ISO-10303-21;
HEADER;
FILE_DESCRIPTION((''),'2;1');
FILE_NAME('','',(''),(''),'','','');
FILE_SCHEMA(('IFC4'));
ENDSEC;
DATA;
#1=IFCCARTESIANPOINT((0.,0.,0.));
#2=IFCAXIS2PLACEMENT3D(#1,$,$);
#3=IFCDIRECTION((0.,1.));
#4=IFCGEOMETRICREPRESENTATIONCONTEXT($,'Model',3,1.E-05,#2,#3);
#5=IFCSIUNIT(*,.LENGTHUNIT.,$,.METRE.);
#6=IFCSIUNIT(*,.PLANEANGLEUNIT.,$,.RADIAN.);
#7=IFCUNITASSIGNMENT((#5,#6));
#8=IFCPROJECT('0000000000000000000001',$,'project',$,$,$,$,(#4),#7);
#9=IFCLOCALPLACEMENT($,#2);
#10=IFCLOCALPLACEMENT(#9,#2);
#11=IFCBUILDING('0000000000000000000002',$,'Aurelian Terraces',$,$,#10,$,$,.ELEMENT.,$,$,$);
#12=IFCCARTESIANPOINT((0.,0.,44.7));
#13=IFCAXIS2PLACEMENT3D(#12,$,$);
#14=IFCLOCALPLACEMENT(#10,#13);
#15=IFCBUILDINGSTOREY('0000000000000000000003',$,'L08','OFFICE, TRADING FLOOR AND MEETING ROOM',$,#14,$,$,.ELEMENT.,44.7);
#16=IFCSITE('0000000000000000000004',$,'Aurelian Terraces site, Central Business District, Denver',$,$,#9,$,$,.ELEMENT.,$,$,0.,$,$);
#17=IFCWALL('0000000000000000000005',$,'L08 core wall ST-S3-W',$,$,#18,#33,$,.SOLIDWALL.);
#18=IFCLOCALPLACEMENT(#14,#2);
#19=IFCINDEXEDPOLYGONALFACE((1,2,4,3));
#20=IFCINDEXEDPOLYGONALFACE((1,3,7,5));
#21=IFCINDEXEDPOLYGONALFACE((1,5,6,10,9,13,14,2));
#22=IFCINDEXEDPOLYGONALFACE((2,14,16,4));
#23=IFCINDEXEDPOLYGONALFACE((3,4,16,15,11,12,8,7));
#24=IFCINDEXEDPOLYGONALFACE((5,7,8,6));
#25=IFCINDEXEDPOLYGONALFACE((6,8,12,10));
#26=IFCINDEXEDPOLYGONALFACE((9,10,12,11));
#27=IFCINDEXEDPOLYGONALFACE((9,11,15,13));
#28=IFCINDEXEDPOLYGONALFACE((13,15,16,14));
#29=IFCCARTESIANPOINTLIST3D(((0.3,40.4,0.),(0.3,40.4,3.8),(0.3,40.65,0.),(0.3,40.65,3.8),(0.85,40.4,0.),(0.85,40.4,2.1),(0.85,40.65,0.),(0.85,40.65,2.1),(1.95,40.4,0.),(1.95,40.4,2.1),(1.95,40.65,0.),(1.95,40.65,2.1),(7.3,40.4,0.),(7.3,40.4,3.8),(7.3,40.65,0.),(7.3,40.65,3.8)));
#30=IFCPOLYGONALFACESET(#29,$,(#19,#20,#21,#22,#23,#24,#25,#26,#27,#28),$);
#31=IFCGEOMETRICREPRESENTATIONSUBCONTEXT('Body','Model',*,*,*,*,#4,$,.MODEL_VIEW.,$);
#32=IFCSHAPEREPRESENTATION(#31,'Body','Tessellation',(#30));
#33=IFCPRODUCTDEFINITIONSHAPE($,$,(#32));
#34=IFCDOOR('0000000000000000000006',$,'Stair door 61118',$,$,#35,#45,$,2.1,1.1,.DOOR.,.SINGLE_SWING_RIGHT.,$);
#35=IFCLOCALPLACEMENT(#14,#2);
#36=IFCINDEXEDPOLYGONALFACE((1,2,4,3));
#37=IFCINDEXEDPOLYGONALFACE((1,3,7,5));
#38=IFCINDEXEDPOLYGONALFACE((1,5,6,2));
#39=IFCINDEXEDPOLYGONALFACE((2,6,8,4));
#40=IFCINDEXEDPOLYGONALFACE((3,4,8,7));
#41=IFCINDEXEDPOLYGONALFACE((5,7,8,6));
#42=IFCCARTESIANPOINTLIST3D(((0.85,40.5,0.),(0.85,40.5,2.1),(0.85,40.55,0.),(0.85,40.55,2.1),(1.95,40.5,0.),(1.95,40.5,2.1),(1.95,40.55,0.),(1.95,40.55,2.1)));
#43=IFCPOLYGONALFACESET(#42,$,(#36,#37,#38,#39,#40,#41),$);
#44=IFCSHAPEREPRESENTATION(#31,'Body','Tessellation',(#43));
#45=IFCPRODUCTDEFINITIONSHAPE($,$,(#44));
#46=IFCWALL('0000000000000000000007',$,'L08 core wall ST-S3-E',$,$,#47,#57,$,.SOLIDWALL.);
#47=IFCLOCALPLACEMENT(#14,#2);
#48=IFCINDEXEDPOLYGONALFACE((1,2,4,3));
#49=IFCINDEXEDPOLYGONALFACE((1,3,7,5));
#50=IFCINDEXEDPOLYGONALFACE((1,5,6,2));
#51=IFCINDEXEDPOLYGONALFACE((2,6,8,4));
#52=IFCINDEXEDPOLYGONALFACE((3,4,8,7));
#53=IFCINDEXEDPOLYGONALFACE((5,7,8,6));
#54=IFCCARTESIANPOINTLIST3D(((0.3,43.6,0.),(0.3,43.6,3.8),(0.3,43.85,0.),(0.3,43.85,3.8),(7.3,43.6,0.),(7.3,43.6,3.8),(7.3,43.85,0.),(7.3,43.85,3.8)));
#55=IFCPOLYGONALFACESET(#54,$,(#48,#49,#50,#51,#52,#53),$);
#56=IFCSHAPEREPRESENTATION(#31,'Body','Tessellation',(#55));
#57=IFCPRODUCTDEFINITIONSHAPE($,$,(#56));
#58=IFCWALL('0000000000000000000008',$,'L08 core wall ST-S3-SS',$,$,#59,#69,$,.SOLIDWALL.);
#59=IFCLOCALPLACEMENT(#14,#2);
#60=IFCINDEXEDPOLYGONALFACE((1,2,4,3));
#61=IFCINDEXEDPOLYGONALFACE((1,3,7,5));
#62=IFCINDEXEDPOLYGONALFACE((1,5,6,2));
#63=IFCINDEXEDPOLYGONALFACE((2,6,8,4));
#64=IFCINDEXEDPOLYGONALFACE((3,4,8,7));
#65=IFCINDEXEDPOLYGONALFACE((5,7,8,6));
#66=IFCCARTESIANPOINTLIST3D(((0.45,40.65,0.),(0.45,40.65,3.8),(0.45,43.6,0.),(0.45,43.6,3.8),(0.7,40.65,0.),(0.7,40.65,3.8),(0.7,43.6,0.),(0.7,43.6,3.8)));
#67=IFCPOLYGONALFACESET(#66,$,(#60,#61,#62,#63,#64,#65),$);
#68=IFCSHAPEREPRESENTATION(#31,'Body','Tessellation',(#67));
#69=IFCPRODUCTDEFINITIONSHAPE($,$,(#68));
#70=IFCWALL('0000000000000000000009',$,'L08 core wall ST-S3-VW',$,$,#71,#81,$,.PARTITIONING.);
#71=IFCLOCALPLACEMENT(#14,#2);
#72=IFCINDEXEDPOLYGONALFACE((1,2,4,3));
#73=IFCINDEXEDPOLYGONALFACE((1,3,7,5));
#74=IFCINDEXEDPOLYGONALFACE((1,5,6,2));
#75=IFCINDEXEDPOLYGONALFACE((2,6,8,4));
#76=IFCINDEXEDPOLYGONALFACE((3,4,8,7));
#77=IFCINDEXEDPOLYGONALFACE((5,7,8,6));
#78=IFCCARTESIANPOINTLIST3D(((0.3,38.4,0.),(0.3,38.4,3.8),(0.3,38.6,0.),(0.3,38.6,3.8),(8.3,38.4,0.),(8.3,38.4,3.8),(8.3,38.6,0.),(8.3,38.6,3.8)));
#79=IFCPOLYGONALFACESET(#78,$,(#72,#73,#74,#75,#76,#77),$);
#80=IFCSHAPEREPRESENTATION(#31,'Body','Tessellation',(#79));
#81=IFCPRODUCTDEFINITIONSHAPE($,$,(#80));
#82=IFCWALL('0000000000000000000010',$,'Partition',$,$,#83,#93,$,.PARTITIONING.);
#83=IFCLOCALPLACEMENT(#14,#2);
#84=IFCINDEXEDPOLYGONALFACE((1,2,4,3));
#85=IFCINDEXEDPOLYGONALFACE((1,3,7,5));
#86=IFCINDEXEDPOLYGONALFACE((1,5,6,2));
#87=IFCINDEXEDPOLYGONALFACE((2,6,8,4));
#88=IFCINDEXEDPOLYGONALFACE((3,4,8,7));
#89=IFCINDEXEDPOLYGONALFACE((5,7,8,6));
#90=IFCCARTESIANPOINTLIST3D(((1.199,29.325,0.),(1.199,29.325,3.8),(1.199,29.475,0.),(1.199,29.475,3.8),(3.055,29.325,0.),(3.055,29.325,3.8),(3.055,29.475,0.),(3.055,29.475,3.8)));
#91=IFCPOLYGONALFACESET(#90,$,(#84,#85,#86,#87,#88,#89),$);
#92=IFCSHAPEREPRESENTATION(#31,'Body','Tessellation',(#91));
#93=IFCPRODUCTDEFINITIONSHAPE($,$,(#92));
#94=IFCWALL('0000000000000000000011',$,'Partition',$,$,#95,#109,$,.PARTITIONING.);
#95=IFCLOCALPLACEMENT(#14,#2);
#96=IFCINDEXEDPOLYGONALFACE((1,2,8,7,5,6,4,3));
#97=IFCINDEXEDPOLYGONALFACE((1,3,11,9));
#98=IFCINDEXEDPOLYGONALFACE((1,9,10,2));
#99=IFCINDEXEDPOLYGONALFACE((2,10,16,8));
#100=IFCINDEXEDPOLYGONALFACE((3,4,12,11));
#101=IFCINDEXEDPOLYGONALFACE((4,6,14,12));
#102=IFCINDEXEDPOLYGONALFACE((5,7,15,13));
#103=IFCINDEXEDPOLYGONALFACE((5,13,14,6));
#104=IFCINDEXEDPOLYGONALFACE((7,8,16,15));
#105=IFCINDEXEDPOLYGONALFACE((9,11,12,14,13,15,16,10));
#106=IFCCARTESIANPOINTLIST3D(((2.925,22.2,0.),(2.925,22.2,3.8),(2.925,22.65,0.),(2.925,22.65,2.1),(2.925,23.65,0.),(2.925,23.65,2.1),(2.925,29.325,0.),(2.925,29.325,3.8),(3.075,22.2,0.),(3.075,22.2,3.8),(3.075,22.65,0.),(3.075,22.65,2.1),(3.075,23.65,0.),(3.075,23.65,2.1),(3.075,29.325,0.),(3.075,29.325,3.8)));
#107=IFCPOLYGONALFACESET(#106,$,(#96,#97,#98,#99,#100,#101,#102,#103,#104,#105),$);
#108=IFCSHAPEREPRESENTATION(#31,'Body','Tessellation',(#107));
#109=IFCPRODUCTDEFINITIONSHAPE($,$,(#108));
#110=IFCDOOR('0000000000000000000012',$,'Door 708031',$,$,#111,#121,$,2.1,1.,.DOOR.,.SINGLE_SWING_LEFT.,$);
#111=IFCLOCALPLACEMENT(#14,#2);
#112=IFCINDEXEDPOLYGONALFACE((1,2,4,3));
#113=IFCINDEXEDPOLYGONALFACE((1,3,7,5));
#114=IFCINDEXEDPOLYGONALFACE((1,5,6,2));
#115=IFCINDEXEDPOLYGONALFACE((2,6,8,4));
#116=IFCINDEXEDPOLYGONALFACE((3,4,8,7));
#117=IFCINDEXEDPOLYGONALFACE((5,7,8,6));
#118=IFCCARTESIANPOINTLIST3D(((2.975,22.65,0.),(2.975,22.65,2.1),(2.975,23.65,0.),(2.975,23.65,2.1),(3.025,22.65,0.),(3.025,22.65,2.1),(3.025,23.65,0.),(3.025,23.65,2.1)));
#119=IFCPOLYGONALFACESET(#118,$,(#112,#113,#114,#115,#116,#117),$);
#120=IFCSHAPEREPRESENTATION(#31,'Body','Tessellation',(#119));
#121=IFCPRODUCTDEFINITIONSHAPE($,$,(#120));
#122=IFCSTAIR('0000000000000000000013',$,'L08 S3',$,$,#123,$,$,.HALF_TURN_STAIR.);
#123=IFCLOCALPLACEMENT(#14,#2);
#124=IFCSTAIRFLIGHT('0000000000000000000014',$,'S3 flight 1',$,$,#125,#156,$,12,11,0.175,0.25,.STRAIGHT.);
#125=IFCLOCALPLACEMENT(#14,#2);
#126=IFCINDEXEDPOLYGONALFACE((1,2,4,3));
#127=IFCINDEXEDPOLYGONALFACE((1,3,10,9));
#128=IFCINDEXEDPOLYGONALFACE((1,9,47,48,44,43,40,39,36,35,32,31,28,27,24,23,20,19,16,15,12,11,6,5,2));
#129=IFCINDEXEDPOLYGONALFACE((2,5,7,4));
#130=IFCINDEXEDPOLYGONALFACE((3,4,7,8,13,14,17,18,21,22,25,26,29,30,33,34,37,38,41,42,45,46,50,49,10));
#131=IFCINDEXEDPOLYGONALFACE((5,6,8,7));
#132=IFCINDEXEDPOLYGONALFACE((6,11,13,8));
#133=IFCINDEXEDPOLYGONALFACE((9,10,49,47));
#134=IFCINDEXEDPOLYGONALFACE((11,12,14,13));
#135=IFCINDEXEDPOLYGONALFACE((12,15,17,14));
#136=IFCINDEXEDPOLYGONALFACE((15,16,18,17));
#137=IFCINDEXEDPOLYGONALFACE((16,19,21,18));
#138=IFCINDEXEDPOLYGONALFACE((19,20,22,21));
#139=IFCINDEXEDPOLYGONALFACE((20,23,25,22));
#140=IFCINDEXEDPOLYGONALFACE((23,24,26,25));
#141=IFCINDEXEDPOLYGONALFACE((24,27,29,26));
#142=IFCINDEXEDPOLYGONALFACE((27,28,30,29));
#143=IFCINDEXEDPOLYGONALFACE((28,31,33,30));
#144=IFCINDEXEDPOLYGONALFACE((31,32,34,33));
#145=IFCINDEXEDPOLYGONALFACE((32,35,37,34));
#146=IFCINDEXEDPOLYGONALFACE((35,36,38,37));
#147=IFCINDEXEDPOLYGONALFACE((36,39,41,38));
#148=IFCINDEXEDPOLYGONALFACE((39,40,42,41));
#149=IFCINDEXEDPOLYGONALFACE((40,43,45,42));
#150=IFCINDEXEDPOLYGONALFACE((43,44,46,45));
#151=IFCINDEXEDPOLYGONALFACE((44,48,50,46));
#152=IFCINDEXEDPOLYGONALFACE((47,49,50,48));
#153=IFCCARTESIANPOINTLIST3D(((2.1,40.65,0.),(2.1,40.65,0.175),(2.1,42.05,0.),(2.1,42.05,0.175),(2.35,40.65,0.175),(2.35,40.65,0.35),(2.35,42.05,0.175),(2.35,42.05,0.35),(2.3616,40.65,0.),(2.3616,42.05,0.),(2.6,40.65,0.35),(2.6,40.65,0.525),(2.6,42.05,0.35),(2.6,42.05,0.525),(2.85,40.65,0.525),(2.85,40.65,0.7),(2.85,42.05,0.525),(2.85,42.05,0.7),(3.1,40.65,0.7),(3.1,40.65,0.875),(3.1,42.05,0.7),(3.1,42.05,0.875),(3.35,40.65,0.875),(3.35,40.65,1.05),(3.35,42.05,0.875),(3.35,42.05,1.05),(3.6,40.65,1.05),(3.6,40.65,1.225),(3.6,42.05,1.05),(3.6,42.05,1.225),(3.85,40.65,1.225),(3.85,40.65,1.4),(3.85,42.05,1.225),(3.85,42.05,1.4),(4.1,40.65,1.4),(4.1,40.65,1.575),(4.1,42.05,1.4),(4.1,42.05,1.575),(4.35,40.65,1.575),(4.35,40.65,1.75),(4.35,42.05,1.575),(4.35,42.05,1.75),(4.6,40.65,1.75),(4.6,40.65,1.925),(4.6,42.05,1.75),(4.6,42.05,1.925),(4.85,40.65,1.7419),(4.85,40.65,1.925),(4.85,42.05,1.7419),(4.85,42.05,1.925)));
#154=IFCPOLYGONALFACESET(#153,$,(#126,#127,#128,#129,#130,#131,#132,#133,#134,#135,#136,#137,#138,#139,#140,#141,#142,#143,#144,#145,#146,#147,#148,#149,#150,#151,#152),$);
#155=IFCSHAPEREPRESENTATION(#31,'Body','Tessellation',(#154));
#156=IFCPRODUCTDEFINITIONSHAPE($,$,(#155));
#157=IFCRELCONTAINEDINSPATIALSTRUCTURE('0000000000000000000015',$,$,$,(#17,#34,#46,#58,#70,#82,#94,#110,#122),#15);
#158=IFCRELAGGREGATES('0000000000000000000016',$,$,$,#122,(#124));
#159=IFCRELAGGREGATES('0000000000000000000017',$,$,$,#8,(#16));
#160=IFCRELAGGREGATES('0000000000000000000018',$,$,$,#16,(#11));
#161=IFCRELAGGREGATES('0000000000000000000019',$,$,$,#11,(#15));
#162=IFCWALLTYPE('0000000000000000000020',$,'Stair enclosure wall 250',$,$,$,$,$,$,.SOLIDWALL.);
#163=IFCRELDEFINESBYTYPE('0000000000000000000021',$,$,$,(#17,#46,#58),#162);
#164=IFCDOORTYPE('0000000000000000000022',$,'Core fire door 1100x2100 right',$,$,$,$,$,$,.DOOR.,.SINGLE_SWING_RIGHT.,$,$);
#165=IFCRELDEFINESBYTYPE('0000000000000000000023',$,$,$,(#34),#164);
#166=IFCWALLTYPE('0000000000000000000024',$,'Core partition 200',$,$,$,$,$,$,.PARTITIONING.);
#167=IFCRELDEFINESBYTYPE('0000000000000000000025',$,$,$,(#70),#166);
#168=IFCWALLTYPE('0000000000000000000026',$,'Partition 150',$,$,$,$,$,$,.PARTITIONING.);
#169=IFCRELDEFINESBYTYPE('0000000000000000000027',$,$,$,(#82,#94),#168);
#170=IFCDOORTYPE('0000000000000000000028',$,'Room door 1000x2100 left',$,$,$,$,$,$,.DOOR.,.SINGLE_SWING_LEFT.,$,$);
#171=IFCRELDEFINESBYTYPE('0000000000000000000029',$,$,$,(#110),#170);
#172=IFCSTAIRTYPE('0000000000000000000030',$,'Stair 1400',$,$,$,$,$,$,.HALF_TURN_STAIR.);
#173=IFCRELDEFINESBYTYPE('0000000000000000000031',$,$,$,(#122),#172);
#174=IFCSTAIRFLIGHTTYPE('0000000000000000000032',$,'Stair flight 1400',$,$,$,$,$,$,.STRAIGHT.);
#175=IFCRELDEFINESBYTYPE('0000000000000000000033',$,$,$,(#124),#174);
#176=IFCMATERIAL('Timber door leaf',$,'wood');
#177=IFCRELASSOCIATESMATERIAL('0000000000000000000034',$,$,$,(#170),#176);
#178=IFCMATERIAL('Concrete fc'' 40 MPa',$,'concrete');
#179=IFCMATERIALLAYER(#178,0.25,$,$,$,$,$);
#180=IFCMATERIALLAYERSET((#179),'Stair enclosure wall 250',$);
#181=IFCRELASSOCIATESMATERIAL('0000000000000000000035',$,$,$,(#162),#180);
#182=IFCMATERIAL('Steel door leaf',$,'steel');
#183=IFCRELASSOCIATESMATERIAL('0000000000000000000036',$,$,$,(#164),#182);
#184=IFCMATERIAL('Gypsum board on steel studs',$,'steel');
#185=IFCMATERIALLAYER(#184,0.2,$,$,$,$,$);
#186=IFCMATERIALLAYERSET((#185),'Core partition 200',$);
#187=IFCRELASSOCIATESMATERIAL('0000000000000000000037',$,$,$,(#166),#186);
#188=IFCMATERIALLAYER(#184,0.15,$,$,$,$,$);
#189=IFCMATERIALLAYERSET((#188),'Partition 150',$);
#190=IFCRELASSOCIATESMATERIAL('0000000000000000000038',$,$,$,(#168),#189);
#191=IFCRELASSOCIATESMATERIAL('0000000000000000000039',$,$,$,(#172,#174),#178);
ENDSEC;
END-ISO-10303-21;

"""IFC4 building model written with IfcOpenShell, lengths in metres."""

from ifc_helpers import new_model, si_unit, direction, frame, frame_2d, origin, place, context, subcontext, project, spatial, polyline, rectangle, outline, extrude, source, transform, mapped, material, layer, layer_set, type_object, element, fill, aggregate, save


model = new_model("IFC4")

# Units and contexts
model_context = context("Model", 3, precision=1e-05, world=origin(), true_north=direction((0.0, 1.0)))
body_context = subcontext(model_context, "Body", "Model", "MODEL_VIEW")
ifc_project = project(units=[si_unit("LENGTHUNIT", "METRE"), si_unit("PLANEANGLEUNIT", "RADIAN")], contexts=[model_context])

# Site, building, storey
site_placement = place(None, origin())
site = spatial("IfcSite", under=ifc_project, at=site_placement, Name="Aurelian Terraces site, Central Business District, Denver", CompositionType="ELEMENT", RefElevation=0.0)
building_placement = place(site_placement, origin())
building = spatial("IfcBuilding", under=site, at=building_placement, Name="Aurelian Terraces", CompositionType="ELEMENT")
storey_placement = place(building_placement, frame((0.0, 0.0, 44.7)))
storey = spatial("IfcBuildingStorey", under=building, at=storey_placement, Name="L08", Description="OFFICE, TRADING FLOOR AND MEETING ROOM", CompositionType="ELEMENT", Elevation=44.7)

# Shared definitions
ifc_material_1 = material(Name="Concrete fc' 40 MPa", Category="concrete")

# Shared definitions
ifc_material_2 = material(Name="Timber door leaf", Category="wood")
door_type_1 = type_object("IfcDoorType", Name="Room door 1000x2100 left", OperationType="SINGLE_SWING_LEFT", PredefinedType="DOOR", material=ifc_material_2)
shared_shape_1 = source(origin(), body_context, "Body", "SweptSolid", [
    extrude(rectangle(XDim=1.0, YDim=2.1, at=frame_2d((0.5, 1.05))), frame((0.0, 0.025, 0.0), z_axis=(0.0, -1.0, 0.0), x_axis=(1.0, 0.0, 0.0)), (0.0, 0.0, 1.0), 0.05),
])

# Wall, opening, door
ifc_layer_1 = layer(ifc_material_1, 0.25)
ifc_layer_set_1 = layer_set([ifc_layer_1], Name="Stair enclosure wall 250")
wall_type_1 = type_object("IfcWallType", Name="Stair enclosure wall 250", PredefinedType="SOLIDWALL", material=ifc_layer_set_1)
shared_shape_2 = source(origin(), body_context, "Body", "SweptSolid", [
    extrude(rectangle(XDim=7.0, YDim=0.25, at=frame_2d((3.5, 0.0))), origin(), (0.0, 0.0, 1.0), 3.8),
])
wall_1_placement = place(storey_placement, frame((0.3, 40.525, 0.0), z_axis=(0.0, 0.0, 1.0), x_axis=(1.0, 0.0, 0.0)))
wall_1 = element("IfcWall", 1, at=wall_1_placement, inside=storey, type_object=wall_type_1, Name="L08 core wall ST-S3-W", PredefinedType="SOLIDWALL", context=body_context, shape_type="MappedRepresentation", body=[
    mapped(shared_shape_2, transform((0.0, 0.0, 0.0), scale=1.0)),
])
shared_shape_3 = source(origin(), body_context, "Body", "SweptSolid", [
    extrude(rectangle(XDim=1.1, YDim=2.1, at=frame_2d((0.55, 1.05))), frame((0.0, 0.135, 0.0), z_axis=(0.0, -1.0, 0.0), x_axis=(1.0, 0.0, 0.0)), (0.0, 0.0, 1.0), 0.27),
])
opening_1_placement = place(wall_1_placement, frame((0.55, 0.0, 0.0)))
opening_1 = element("IfcOpeningElement", 2, at=opening_1_placement, cuts=wall_1, PredefinedType="OPENING", context=body_context, shape_type="MappedRepresentation", body=[
    mapped(shared_shape_3, transform((0.0, 0.0, 0.0), scale=1.0)),
])
ifc_material_3 = material(Name="Steel door leaf", Category="steel")
door_type_2 = type_object("IfcDoorType", Name="Core fire door 1100x2100 right", OperationType="SINGLE_SWING_RIGHT", PredefinedType="DOOR", material=ifc_material_3)
shared_shape_4 = source(origin(), body_context, "Body", "SweptSolid", [
    extrude(rectangle(XDim=1.1, YDim=2.1, at=frame_2d((0.55, 1.05))), frame((0.0, 0.025, 0.0), z_axis=(0.0, -1.0, 0.0), x_axis=(1.0, 0.0, 0.0)), (0.0, 0.0, 1.0), 0.05),
])
door_1_placement = place(opening_1_placement, origin())
door_1 = element("IfcDoor", 3, at=door_1_placement, inside=storey, type_object=door_type_2, Name="Stair door 61118", OperationType="SINGLE_SWING_RIGHT", OverallHeight=2.1, OverallWidth=1.1, PredefinedType="DOOR", context=body_context, shape_type="MappedRepresentation", body=[
    mapped(shared_shape_4, transform((0.0, 0.0, 0.0), scale=1.0)),
])
fill(opening_1, door_1)

# Walls
wall_2_placement = place(storey_placement, frame((0.3, 43.725, 0.0), z_axis=(0.0, 0.0, 1.0), x_axis=(1.0, 0.0, 0.0)))
element("IfcWall", 4, at=wall_2_placement, inside=storey, type_object=wall_type_1, Name="L08 core wall ST-S3-E", PredefinedType="SOLIDWALL", context=body_context, shape_type="MappedRepresentation", body=[
    mapped(shared_shape_2, transform((0.0, 0.0, 0.0), scale=1.0)),
])
shared_shape_5 = source(origin(), body_context, "Body", "SweptSolid", [
    extrude(rectangle(XDim=2.95, YDim=0.25, at=frame_2d((1.475, 0.0))), origin(), (0.0, 0.0, 1.0), 3.8),
])
wall_3_placement = place(storey_placement, frame((0.575, 40.65, 0.0), z_axis=(0.0, 0.0, 1.0), x_axis=(0.0, 1.0, 0.0)))
element("IfcWall", 5, at=wall_3_placement, inside=storey, type_object=wall_type_1, Name="L08 core wall ST-S3-SS", PredefinedType="SOLIDWALL", context=body_context, shape_type="MappedRepresentation", body=[
    mapped(shared_shape_5, transform((0.0, 0.0, 0.0), scale=1.0)),
])
ifc_material_4 = material(Name="Gypsum board on steel studs", Category="steel")
ifc_layer_2 = layer(ifc_material_4, 0.2)
ifc_layer_set_2 = layer_set([ifc_layer_2], Name="Core partition 200")
wall_type_2 = type_object("IfcWallType", Name="Core partition 200", PredefinedType="PARTITIONING", material=ifc_layer_set_2)
shared_shape_6 = source(origin(), body_context, "Body", "SweptSolid", [
    extrude(rectangle(XDim=8.0, YDim=0.2, at=frame_2d((4.0, 0.0))), origin(), (0.0, 0.0, 1.0), 3.8),
])
wall_4_placement = place(storey_placement, frame((0.3, 38.5, 0.0), z_axis=(0.0, 0.0, 1.0), x_axis=(1.0, 0.0, 0.0)))
element("IfcWall", 6, at=wall_4_placement, inside=storey, type_object=wall_type_2, Name="L08 core wall ST-S3-VW", PredefinedType="PARTITIONING", context=body_context, shape_type="MappedRepresentation", body=[
    mapped(shared_shape_6, transform((0.0, 0.0, 0.0), scale=1.0)),
])
ifc_layer_3 = layer(ifc_material_4, 0.15)
ifc_layer_set_3 = layer_set([ifc_layer_3], Name="Partition 150")
wall_type_3 = type_object("IfcWallType", Name="Partition 150", PredefinedType="PARTITIONING", material=ifc_layer_set_3)
shared_shape_7 = source(origin(), body_context, "Body", "SweptSolid", [
    extrude(rectangle(XDim=1.856, YDim=0.15, at=frame_2d((0.928, 0.0))), origin(), (0.0, 0.0, 1.0), 3.8),
])
wall_5_placement = place(storey_placement, frame((3.055, 29.4, 0.0), z_axis=(0.0, 0.0, 1.0), x_axis=(-1.0, 0.0, 0.0)))
element("IfcWall", 7, at=wall_5_placement, inside=storey, type_object=wall_type_3, Name="Partition", PredefinedType="PARTITIONING", context=body_context, shape_type="MappedRepresentation", body=[
    mapped(shared_shape_7, transform((0.0, 0.0, 0.0), scale=1.0)),
])

# Wall, opening, door
shared_shape_8 = source(origin(), body_context, "Body", "SweptSolid", [
    extrude(rectangle(XDim=7.125, YDim=0.15, at=frame_2d((3.5625, 0.0))), origin(), (0.0, 0.0, 1.0), 3.8),
])
wall_6_placement = place(storey_placement, frame((3.0, 29.325, 0.0), z_axis=(0.0, 0.0, 1.0), x_axis=(0.0, -1.0, 0.0)))
wall_6 = element("IfcWall", 8, at=wall_6_placement, inside=storey, type_object=wall_type_3, Name="Partition", PredefinedType="PARTITIONING", context=body_context, shape_type="MappedRepresentation", body=[
    mapped(shared_shape_8, transform((0.0, 0.0, 0.0), scale=1.0)),
])
shared_shape_9 = source(origin(), body_context, "Body", "SweptSolid", [
    extrude(rectangle(XDim=1.0, YDim=2.1, at=frame_2d((0.5, 1.05))), frame((0.0, 0.085, 0.0), z_axis=(0.0, -1.0, 0.0), x_axis=(1.0, 0.0, 0.0)), (0.0, 0.0, 1.0), 0.17),
])
opening_2_placement = place(wall_6_placement, frame((5.675, 0.0, 0.0)))
opening_2 = element("IfcOpeningElement", 9, at=opening_2_placement, cuts=wall_6, PredefinedType="OPENING", context=body_context, shape_type="MappedRepresentation", body=[
    mapped(shared_shape_9, transform((0.0, 0.0, 0.0), scale=1.0)),
])
door_2_placement = place(opening_2_placement, origin())
door_2 = element("IfcDoor", 10, at=door_2_placement, inside=storey, type_object=door_type_1, Name="Door 708031", OperationType="SINGLE_SWING_LEFT", OverallHeight=2.1, OverallWidth=1.0, PredefinedType="DOOR", context=body_context, shape_type="MappedRepresentation", body=[
    mapped(shared_shape_1, transform((0.0, 0.0, 0.0), scale=1.0)),
])
fill(opening_2, door_2)

# Stair, stair flight
stair_type = type_object("IfcStairType", Name="Stair 1400", PredefinedType="HALF_TURN_STAIR", material=ifc_material_1)
stair_placement = place(storey_placement, origin())
stair = element("IfcStair", 11, at=stair_placement, inside=storey, type_object=stair_type, Name="L08 S3", PredefinedType="HALF_TURN_STAIR")
stair_flight_type = type_object("IfcStairFlightType", Name="Stair flight 1400", PredefinedType="STRAIGHT", material=ifc_material_1)
shared_shape_10 = source(origin(), body_context, "Body", "SweptSolid", [
    extrude(outline(polyline([(0.0, 0.0), (0.0, 0.175), (0.25, 0.175), (0.25, 0.35), (0.5, 0.35), (0.5, 0.525), (0.75, 0.525), (0.75, 0.7), (1.0, 0.7), (1.0, 0.875), (1.25, 0.875), (1.25, 1.05), (1.5, 1.05), (1.5, 1.225), (1.75, 1.225), (1.75, 1.4), (2.0, 1.4), (2.0, 1.575), (2.25, 1.575), (2.25, 1.75), (2.5, 1.75), (2.5, 1.925), (2.75, 1.925), (2.75, 2.1), (2.75, 1.7419), (0.2616, 0.0), (0.0, 0.0)])), frame((0.0, 0.7, 0.0), z_axis=(0.0, -1.0, 0.0), x_axis=(1.0, 0.0, 0.0)), (0.0, 0.0, 1.0), 1.4),
])
stair_flight_1_placement = place(storey_placement, frame((2.1, 41.35, 0.0), z_axis=(0.0, 0.0, 1.0), x_axis=(1.0, 0.0, 0.0)))
stair_flight_1 = element("IfcStairFlight", 12, at=stair_flight_1_placement, type_object=stair_flight_type, Name="S3 flight 1", NumberOfRisers=12, NumberOfTreads=11, PredefinedType="STRAIGHT", RiserHeight=0.175, TreadLength=0.25, context=body_context, shape_type="MappedRepresentation", body=[
    mapped(shared_shape_10, transform((0.0, 0.0, 0.0), scale=1.0)),
])
aggregate(stair, [stair_flight_1])

save(model, "model.ifc")
